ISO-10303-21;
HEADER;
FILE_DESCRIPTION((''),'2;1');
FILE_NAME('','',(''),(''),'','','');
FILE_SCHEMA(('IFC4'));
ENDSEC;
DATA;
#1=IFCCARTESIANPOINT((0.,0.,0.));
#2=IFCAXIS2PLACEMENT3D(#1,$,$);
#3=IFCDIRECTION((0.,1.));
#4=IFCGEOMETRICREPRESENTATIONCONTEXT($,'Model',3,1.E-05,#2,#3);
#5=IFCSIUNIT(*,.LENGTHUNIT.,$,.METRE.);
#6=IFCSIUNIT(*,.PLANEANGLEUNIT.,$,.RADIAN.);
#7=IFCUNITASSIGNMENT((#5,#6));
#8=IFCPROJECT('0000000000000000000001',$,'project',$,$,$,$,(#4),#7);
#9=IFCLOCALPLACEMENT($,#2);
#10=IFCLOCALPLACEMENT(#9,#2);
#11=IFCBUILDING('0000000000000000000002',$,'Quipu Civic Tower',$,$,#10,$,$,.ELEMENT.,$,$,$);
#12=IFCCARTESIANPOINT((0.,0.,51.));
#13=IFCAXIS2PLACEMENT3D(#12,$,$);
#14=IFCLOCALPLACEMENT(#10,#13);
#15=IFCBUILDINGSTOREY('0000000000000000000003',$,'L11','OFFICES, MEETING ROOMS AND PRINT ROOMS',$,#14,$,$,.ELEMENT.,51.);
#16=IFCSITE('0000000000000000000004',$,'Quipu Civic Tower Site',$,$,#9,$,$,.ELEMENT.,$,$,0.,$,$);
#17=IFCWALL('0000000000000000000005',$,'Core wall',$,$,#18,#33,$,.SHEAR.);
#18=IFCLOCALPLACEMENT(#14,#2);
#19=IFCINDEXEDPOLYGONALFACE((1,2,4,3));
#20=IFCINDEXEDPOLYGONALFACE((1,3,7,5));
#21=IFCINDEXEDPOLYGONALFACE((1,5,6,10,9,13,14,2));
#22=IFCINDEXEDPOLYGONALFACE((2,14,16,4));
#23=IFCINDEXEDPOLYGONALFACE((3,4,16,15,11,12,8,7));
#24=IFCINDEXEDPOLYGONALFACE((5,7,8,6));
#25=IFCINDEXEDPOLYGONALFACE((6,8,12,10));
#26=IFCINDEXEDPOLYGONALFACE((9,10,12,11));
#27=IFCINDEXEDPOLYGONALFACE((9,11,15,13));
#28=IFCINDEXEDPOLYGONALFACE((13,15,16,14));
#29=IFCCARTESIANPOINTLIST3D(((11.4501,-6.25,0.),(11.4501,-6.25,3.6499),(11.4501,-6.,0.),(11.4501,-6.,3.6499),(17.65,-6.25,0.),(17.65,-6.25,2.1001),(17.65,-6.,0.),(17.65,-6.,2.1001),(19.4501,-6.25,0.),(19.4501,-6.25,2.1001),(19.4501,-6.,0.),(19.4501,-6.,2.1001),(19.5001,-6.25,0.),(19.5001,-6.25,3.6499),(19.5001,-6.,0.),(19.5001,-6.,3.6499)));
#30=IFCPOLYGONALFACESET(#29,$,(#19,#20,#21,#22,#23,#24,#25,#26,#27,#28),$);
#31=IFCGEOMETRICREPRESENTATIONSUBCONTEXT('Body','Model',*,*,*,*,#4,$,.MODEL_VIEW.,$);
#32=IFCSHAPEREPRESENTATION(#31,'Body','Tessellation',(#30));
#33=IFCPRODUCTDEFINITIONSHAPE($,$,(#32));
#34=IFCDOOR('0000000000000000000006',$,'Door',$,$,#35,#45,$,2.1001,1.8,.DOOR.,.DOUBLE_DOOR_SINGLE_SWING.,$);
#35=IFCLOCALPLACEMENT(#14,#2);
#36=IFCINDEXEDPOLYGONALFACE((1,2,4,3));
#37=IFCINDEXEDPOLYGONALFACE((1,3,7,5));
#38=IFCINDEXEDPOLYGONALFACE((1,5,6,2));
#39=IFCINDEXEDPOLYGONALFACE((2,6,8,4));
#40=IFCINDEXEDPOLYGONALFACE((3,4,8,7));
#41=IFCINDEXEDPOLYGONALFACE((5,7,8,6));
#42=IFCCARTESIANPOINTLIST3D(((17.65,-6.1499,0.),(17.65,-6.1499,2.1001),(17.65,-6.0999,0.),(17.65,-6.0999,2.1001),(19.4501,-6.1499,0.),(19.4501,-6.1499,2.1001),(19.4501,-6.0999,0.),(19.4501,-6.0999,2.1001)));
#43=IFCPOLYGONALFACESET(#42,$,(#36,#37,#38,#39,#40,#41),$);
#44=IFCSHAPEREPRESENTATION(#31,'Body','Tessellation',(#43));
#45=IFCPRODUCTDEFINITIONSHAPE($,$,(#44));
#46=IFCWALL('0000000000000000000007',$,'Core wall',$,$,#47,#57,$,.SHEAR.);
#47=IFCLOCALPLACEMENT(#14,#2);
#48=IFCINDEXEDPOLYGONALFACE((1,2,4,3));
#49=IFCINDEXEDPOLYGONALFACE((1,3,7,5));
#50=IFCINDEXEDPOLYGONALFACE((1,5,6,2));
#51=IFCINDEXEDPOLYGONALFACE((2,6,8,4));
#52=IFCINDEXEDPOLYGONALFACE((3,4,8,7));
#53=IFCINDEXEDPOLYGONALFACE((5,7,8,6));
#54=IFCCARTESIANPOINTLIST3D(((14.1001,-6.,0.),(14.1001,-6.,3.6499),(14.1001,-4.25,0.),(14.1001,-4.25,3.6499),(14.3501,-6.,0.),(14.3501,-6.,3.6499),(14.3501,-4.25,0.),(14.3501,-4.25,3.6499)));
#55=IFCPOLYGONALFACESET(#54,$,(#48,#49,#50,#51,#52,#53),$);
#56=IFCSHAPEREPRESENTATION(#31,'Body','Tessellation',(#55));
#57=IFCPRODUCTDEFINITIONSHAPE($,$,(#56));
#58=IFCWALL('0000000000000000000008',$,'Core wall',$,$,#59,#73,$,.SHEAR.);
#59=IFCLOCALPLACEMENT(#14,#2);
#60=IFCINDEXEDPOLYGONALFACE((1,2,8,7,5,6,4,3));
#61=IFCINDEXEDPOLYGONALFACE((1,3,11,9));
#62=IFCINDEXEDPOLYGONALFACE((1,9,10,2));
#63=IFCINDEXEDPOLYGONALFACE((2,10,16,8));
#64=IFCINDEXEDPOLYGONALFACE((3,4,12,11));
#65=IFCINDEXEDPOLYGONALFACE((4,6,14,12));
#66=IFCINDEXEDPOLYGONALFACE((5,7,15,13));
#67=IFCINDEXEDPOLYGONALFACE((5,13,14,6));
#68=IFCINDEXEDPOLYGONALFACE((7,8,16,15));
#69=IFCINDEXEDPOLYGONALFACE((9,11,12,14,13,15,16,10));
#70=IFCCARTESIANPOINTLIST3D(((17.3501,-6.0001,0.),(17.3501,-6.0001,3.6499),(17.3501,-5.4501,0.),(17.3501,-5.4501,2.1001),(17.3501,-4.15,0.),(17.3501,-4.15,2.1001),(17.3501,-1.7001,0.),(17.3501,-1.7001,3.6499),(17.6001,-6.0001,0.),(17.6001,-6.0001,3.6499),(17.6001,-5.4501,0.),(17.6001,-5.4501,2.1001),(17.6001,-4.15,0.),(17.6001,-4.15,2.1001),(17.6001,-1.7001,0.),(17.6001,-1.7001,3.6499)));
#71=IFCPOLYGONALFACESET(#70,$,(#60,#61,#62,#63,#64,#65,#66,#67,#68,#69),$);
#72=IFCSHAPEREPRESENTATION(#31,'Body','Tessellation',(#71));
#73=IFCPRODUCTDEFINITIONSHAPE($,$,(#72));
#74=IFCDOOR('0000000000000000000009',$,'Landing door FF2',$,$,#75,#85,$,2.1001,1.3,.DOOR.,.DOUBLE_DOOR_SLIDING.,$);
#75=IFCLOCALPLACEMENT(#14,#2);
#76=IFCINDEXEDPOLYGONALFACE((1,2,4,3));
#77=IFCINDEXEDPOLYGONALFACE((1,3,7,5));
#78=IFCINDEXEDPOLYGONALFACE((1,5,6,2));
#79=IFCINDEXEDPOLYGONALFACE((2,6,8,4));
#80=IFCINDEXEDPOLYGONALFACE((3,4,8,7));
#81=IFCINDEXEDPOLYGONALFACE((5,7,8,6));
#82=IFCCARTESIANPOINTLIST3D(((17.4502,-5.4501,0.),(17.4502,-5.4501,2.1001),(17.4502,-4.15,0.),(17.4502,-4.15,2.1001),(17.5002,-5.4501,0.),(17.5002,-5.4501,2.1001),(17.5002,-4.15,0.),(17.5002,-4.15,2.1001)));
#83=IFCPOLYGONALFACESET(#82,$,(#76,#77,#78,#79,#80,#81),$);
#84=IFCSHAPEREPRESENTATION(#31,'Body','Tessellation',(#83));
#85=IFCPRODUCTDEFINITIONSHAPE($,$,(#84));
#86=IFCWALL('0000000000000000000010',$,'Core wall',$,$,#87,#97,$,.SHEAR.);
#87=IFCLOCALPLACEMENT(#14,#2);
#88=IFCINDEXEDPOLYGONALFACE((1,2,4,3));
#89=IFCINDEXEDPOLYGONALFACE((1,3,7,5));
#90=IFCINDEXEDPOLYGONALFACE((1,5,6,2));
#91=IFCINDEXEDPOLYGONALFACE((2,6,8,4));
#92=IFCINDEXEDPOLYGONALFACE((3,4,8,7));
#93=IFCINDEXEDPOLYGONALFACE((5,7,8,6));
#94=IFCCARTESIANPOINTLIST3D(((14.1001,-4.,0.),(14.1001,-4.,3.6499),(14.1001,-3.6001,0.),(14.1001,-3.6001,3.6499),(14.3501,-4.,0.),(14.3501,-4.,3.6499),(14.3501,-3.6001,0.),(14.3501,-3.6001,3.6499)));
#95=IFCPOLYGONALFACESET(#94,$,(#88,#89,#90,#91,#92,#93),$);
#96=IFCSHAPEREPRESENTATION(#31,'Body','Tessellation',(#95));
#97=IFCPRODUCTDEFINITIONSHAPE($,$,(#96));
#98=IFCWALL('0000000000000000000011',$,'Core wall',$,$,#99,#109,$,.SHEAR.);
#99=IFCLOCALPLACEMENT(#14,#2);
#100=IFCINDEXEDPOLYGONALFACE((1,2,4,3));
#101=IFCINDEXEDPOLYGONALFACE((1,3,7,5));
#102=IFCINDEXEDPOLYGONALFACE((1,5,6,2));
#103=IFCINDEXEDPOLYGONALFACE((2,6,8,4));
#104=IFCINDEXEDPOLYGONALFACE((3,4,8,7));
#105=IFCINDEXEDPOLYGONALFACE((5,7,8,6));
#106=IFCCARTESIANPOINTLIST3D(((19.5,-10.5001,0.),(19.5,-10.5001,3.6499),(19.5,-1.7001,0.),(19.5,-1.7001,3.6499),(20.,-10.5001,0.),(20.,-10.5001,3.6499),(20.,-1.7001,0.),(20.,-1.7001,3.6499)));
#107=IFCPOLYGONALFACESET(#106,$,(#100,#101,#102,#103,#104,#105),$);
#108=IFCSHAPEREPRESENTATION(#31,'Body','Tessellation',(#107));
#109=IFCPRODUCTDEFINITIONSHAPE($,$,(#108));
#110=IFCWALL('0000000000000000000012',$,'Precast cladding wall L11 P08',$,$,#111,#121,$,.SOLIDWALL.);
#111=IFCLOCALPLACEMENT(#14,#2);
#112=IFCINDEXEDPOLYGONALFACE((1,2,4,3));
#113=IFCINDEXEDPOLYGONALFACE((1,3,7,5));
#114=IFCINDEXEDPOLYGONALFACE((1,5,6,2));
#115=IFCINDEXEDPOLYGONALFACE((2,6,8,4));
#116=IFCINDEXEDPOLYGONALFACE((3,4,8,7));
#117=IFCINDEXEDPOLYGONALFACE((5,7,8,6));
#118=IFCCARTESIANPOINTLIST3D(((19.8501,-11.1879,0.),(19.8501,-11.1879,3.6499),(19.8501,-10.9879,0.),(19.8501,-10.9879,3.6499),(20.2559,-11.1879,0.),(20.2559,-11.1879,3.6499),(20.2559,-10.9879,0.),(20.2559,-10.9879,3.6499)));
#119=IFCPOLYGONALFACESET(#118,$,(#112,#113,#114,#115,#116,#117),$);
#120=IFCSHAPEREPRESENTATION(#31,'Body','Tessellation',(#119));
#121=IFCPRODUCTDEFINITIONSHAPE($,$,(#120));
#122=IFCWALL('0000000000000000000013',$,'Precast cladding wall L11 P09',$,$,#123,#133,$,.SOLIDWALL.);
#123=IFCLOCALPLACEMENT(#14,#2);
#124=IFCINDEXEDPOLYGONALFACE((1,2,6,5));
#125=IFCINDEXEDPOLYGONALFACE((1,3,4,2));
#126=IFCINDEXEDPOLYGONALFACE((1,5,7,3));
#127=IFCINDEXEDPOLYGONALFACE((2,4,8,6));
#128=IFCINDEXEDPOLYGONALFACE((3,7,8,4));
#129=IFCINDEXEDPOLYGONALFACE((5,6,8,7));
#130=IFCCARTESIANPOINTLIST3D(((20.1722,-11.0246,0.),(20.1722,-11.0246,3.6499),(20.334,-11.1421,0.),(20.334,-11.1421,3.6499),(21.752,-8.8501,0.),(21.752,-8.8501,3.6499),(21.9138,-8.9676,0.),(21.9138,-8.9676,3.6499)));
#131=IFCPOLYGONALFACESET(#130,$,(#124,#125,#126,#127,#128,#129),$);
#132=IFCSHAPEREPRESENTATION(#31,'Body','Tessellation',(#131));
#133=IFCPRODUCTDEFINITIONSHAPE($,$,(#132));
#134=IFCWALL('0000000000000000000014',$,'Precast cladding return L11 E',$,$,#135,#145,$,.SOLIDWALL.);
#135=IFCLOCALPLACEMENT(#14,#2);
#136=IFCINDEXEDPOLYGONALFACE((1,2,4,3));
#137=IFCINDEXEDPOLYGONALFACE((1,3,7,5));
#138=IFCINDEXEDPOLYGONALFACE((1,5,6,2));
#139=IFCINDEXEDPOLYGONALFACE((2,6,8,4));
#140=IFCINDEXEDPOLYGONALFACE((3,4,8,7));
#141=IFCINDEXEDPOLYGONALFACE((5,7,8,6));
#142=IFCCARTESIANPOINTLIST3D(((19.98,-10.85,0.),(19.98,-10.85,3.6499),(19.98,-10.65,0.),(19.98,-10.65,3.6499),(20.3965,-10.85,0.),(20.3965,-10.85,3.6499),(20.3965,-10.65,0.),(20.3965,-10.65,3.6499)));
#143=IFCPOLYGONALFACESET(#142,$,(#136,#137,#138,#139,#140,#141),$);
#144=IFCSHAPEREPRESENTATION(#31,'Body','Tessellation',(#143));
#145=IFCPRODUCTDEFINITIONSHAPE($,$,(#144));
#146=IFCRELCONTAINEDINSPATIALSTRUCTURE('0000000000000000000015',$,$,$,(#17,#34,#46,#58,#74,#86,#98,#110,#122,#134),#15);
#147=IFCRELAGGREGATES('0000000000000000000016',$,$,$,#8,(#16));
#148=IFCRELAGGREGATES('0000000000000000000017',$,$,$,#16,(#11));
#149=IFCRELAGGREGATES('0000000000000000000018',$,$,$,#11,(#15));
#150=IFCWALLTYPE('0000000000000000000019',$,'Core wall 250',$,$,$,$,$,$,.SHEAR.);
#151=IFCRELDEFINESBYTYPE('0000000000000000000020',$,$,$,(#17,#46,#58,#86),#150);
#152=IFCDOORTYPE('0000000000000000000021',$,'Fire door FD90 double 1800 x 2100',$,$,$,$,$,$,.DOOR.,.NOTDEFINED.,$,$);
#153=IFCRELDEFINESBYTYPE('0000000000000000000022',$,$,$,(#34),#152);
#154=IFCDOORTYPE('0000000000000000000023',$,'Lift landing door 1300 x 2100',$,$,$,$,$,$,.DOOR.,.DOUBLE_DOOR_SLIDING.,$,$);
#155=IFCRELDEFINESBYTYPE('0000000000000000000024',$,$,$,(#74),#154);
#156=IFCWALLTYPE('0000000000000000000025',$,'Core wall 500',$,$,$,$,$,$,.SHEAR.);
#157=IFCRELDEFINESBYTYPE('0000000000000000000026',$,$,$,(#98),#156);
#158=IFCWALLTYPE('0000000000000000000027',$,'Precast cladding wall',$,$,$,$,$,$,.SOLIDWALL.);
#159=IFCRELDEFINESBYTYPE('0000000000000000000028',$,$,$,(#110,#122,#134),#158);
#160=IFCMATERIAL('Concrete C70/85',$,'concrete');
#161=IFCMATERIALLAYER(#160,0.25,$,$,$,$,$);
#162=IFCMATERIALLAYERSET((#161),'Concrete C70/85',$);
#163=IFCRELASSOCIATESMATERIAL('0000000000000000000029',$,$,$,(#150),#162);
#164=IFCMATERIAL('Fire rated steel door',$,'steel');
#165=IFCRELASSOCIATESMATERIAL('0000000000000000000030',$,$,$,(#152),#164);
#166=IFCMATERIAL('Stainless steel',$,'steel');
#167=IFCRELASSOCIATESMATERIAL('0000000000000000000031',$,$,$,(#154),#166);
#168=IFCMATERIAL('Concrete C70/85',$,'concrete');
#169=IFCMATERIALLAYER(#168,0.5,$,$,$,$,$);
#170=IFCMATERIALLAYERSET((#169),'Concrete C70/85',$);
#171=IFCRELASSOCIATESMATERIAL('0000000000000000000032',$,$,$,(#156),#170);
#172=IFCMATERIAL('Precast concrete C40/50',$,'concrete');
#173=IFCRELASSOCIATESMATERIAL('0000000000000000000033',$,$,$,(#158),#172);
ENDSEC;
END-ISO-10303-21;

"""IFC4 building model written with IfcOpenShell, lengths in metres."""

from ifc_helpers import new_model, si_unit, direction, frame, frame_2d, origin, place, context, subcontext, project, spatial, rectangle, extrude, material, layer, layer_set, type_object, element, fill, save


model = new_model("IFC4")

# Units and contexts
model_context = context("Model", 3, precision=1e-05, world=origin(), true_north=direction((0.0, 1.0)))
body_context = subcontext(model_context, "Body", "Model", "MODEL_VIEW")
ifc_project = project(units=[si_unit("LENGTHUNIT", "METRE"), si_unit("PLANEANGLEUNIT", "RADIAN")], contexts=[model_context])

# Site, building, storey
site_placement = place(None, origin())
site = spatial("IfcSite", under=ifc_project, at=site_placement, Name="Quipu Civic Tower Site", CompositionType="ELEMENT", RefElevation=0.0)
building_placement = place(site_placement, origin())
building = spatial("IfcBuilding", under=site, at=building_placement, Name="Quipu Civic Tower", CompositionType="ELEMENT")
storey_placement = place(building_placement, frame((0.0, 0.0, 51.0)))
storey = spatial("IfcBuildingStorey", under=building, at=storey_placement, Name="L11", Description="OFFICES, MEETING ROOMS AND PRINT ROOMS", CompositionType="ELEMENT", Elevation=51.0)

# Shared definitions
ifc_material_1 = material(Name="Concrete C70/85", Category="concrete")
ifc_layer_1 = layer(ifc_material_1, 0.25)
ifc_layer_set_1 = layer_set([ifc_layer_1], Name="Concrete C70/85")
wall_type_1 = type_object("IfcWallType", Name="Core wall 250", PredefinedType="SHEAR", material=ifc_layer_set_1)

# Wall, opening, door
wall_1_placement = place(storey_placement, frame((19.5, -6.125, 0.0), z_axis=(0.0, 0.0, 1.0), x_axis=(-1.0, 0.0, 0.0)))
wall_1 = element("IfcWall", 1, at=wall_1_placement, inside=storey, type_object=wall_type_1, Name="Core wall", PredefinedType="SHEAR", context=body_context, shape_type="SweptSolid", body=[
    extrude(rectangle(XDim=8.05, YDim=0.25, at=frame_2d((4.0249, 0.0))), origin(), (0.0, 0.0, 1.0), 3.6499),
])
opening_1_placement = place(wall_1_placement, frame((0.05, 0.0, 0.0)))
opening_1 = element("IfcOpeningElement", 2, at=opening_1_placement, cuts=wall_1, PredefinedType="OPENING", context=body_context, shape_type="SweptSolid", body=[
    extrude(rectangle(XDim=1.8, YDim=2.1001, at=frame_2d((0.8999, 1.05))), frame((0.0, 0.135, 0.0), z_axis=(0.0, -1.0, 0.0), x_axis=(1.0, 0.0, 0.0)), (0.0, 0.0, 1.0), 0.27),
])
ifc_material_2 = material(Name="Fire rated steel door", Category="steel")
door_type_1 = type_object("IfcDoorType", Name="Fire door FD90 double 1800 x 2100", OperationType="NOTDEFINED", PredefinedType="DOOR", material=ifc_material_2)
door_1_placement = place(opening_1_placement, origin())
door_1 = element("IfcDoor", 3, at=door_1_placement, inside=storey, type_object=door_type_1, Name="Door", OperationType="DOUBLE_DOOR_SINGLE_SWING", OverallHeight=2.1001, OverallWidth=1.8, PredefinedType="DOOR", context=body_context, shape_type="SweptSolid", body=[
    extrude(rectangle(XDim=1.8, YDim=2.1001, at=frame_2d((0.8999, 1.05))), frame((0.0, 0.0249, 0.0), z_axis=(0.0, -1.0, 0.0), x_axis=(1.0, 0.0, 0.0)), (0.0, 0.0, 1.0), 0.05),
])
fill(opening_1, door_1)

# Wall
wall_2_placement = place(storey_placement, frame((14.2251, -6.0, 0.0), z_axis=(0.0, 0.0, 1.0), x_axis=(0.0, 1.0, 0.0)))
element("IfcWall", 4, at=wall_2_placement, inside=storey, type_object=wall_type_1, Name="Core wall", PredefinedType="SHEAR", context=body_context, shape_type="SweptSolid", body=[
    extrude(rectangle(XDim=1.75, YDim=0.25, at=frame_2d((0.875, 0.0))), origin(), (0.0, 0.0, 1.0), 3.6499),
])

# Wall, opening, door
wall_3_placement = place(storey_placement, frame((17.4751, -6.0, 0.0), z_axis=(0.0, 0.0, 1.0), x_axis=(0.0, 1.0, 0.0)))
wall_3 = element("IfcWall", 5, at=wall_3_placement, inside=storey, type_object=wall_type_1, Name="Core wall", PredefinedType="SHEAR", context=body_context, shape_type="SweptSolid", body=[
    extrude(rectangle(XDim=4.3, YDim=0.25, at=frame_2d((2.1499, 0.0))), origin(), (0.0, 0.0, 1.0), 3.6499),
])
opening_2_placement = place(wall_3_placement, frame((0.55, 0.0, 0.0)))
opening_2 = element("IfcOpeningElement", 6, at=opening_2_placement, cuts=wall_3, PredefinedType="OPENING", context=body_context, shape_type="SweptSolid", body=[
    extrude(rectangle(XDim=1.3, YDim=2.1001, at=frame_2d((0.6499, 1.05))), frame((0.0, 0.135, 0.0), z_axis=(0.0, -1.0, 0.0), x_axis=(1.0, 0.0, 0.0)), (0.0, 0.0, 1.0), 0.27),
])
ifc_material_3 = material(Name="Stainless steel", Category="steel")
door_type_2 = type_object("IfcDoorType", Name="Lift landing door 1300 x 2100", OperationType="DOUBLE_DOOR_SLIDING", PredefinedType="DOOR", material=ifc_material_3)
door_2_placement = place(opening_2_placement, origin())
door_2 = element("IfcDoor", 7, at=door_2_placement, inside=storey, type_object=door_type_2, Name="Landing door FF2", OperationType="DOUBLE_DOOR_SLIDING", OverallHeight=2.1001, OverallWidth=1.3, PredefinedType="DOOR", context=body_context, shape_type="SweptSolid", body=[
    extrude(rectangle(XDim=1.3, YDim=2.1001, at=frame_2d((0.6499, 1.05))), frame((0.0, 0.0249, 0.0), z_axis=(0.0, -1.0, 0.0), x_axis=(1.0, 0.0, 0.0)), (0.0, 0.0, 1.0), 0.05),
])
fill(opening_2, door_2)

# Walls
wall_4_placement = place(storey_placement, frame((14.2251, -4.0, 0.0), z_axis=(0.0, 0.0, 1.0), x_axis=(0.0, 1.0, 0.0)))
element("IfcWall", 8, at=wall_4_placement, inside=storey, type_object=wall_type_1, Name="Core wall", PredefinedType="SHEAR", context=body_context, shape_type="SweptSolid", body=[
    extrude(rectangle(XDim=0.3999, YDim=0.25, at=frame_2d((0.2, 0.0))), origin(), (0.0, 0.0, 1.0), 3.6499),
])
ifc_material_4 = material(Name="Concrete C70/85", Category="concrete")
ifc_layer_2 = layer(ifc_material_4, 0.5)
ifc_layer_set_2 = layer_set([ifc_layer_2], Name="Concrete C70/85")
wall_type_2 = type_object("IfcWallType", Name="Core wall 500", PredefinedType="SHEAR", material=ifc_layer_set_2)
wall_5_placement = place(storey_placement, frame((19.75, -10.5, 0.0), z_axis=(0.0, 0.0, 1.0), x_axis=(0.0, 1.0, 0.0)))
element("IfcWall", 9, at=wall_5_placement, inside=storey, type_object=wall_type_2, Name="Core wall", PredefinedType="SHEAR", context=body_context, shape_type="SweptSolid", body=[
    extrude(rectangle(XDim=8.8, YDim=0.5, at=frame_2d((4.3999, 0.0))), origin(), (0.0, 0.0, 1.0), 3.6499),
])
ifc_material_5 = material(Name="Precast concrete C40/50", Category="concrete")
wall_type_3 = type_object("IfcWallType", Name="Precast cladding wall", PredefinedType="SOLIDWALL", material=ifc_material_5)
wall_6_placement = place(storey_placement, frame((19.8501, -11.0879, 0.0), z_axis=(0.0, 0.0, 1.0), x_axis=(1.0, 0.0, 0.0)))
element("IfcWall", 10, at=wall_6_placement, inside=storey, type_object=wall_type_3, Name="Precast cladding wall L11 P08", PredefinedType="SOLIDWALL", context=body_context, shape_type="SweptSolid", body=[
    extrude(rectangle(XDim=0.4058, YDim=0.2, at=frame_2d((0.2029, 0.0))), origin(), (0.0, 0.0, 1.0), 3.6499),
])
wall_7_placement = place(storey_placement, frame((20.2532, -11.0833, 0.0), z_axis=(0.0, 0.0, 1.0), x_axis=(0.587767, 0.809031, 0.0)))
element("IfcWall", 11, at=wall_7_placement, inside=storey, type_object=wall_type_3, Name="Precast cladding wall L11 P09", PredefinedType="SOLIDWALL", context=body_context, shape_type="SweptSolid", body=[
    extrude(rectangle(XDim=2.6877, YDim=0.2, at=frame_2d((1.3438, 0.0))), origin(), (0.0, 0.0, 1.0), 3.6499),
])
wall_8_placement = place(storey_placement, frame((19.98, -10.75, 0.0), z_axis=(0.0, 0.0, 1.0), x_axis=(1.0, 0.0, 0.0)))
element("IfcWall", 12, at=wall_8_placement, inside=storey, type_object=wall_type_3, Name="Precast cladding return L11 E", PredefinedType="SOLIDWALL", context=body_context, shape_type="SweptSolid", body=[
    extrude(rectangle(XDim=0.4165, YDim=0.2, at=frame_2d((0.2083, 0.0))), origin(), (0.0, 0.0, 1.0), 3.6499),
])

save(model, "model.ifc")
